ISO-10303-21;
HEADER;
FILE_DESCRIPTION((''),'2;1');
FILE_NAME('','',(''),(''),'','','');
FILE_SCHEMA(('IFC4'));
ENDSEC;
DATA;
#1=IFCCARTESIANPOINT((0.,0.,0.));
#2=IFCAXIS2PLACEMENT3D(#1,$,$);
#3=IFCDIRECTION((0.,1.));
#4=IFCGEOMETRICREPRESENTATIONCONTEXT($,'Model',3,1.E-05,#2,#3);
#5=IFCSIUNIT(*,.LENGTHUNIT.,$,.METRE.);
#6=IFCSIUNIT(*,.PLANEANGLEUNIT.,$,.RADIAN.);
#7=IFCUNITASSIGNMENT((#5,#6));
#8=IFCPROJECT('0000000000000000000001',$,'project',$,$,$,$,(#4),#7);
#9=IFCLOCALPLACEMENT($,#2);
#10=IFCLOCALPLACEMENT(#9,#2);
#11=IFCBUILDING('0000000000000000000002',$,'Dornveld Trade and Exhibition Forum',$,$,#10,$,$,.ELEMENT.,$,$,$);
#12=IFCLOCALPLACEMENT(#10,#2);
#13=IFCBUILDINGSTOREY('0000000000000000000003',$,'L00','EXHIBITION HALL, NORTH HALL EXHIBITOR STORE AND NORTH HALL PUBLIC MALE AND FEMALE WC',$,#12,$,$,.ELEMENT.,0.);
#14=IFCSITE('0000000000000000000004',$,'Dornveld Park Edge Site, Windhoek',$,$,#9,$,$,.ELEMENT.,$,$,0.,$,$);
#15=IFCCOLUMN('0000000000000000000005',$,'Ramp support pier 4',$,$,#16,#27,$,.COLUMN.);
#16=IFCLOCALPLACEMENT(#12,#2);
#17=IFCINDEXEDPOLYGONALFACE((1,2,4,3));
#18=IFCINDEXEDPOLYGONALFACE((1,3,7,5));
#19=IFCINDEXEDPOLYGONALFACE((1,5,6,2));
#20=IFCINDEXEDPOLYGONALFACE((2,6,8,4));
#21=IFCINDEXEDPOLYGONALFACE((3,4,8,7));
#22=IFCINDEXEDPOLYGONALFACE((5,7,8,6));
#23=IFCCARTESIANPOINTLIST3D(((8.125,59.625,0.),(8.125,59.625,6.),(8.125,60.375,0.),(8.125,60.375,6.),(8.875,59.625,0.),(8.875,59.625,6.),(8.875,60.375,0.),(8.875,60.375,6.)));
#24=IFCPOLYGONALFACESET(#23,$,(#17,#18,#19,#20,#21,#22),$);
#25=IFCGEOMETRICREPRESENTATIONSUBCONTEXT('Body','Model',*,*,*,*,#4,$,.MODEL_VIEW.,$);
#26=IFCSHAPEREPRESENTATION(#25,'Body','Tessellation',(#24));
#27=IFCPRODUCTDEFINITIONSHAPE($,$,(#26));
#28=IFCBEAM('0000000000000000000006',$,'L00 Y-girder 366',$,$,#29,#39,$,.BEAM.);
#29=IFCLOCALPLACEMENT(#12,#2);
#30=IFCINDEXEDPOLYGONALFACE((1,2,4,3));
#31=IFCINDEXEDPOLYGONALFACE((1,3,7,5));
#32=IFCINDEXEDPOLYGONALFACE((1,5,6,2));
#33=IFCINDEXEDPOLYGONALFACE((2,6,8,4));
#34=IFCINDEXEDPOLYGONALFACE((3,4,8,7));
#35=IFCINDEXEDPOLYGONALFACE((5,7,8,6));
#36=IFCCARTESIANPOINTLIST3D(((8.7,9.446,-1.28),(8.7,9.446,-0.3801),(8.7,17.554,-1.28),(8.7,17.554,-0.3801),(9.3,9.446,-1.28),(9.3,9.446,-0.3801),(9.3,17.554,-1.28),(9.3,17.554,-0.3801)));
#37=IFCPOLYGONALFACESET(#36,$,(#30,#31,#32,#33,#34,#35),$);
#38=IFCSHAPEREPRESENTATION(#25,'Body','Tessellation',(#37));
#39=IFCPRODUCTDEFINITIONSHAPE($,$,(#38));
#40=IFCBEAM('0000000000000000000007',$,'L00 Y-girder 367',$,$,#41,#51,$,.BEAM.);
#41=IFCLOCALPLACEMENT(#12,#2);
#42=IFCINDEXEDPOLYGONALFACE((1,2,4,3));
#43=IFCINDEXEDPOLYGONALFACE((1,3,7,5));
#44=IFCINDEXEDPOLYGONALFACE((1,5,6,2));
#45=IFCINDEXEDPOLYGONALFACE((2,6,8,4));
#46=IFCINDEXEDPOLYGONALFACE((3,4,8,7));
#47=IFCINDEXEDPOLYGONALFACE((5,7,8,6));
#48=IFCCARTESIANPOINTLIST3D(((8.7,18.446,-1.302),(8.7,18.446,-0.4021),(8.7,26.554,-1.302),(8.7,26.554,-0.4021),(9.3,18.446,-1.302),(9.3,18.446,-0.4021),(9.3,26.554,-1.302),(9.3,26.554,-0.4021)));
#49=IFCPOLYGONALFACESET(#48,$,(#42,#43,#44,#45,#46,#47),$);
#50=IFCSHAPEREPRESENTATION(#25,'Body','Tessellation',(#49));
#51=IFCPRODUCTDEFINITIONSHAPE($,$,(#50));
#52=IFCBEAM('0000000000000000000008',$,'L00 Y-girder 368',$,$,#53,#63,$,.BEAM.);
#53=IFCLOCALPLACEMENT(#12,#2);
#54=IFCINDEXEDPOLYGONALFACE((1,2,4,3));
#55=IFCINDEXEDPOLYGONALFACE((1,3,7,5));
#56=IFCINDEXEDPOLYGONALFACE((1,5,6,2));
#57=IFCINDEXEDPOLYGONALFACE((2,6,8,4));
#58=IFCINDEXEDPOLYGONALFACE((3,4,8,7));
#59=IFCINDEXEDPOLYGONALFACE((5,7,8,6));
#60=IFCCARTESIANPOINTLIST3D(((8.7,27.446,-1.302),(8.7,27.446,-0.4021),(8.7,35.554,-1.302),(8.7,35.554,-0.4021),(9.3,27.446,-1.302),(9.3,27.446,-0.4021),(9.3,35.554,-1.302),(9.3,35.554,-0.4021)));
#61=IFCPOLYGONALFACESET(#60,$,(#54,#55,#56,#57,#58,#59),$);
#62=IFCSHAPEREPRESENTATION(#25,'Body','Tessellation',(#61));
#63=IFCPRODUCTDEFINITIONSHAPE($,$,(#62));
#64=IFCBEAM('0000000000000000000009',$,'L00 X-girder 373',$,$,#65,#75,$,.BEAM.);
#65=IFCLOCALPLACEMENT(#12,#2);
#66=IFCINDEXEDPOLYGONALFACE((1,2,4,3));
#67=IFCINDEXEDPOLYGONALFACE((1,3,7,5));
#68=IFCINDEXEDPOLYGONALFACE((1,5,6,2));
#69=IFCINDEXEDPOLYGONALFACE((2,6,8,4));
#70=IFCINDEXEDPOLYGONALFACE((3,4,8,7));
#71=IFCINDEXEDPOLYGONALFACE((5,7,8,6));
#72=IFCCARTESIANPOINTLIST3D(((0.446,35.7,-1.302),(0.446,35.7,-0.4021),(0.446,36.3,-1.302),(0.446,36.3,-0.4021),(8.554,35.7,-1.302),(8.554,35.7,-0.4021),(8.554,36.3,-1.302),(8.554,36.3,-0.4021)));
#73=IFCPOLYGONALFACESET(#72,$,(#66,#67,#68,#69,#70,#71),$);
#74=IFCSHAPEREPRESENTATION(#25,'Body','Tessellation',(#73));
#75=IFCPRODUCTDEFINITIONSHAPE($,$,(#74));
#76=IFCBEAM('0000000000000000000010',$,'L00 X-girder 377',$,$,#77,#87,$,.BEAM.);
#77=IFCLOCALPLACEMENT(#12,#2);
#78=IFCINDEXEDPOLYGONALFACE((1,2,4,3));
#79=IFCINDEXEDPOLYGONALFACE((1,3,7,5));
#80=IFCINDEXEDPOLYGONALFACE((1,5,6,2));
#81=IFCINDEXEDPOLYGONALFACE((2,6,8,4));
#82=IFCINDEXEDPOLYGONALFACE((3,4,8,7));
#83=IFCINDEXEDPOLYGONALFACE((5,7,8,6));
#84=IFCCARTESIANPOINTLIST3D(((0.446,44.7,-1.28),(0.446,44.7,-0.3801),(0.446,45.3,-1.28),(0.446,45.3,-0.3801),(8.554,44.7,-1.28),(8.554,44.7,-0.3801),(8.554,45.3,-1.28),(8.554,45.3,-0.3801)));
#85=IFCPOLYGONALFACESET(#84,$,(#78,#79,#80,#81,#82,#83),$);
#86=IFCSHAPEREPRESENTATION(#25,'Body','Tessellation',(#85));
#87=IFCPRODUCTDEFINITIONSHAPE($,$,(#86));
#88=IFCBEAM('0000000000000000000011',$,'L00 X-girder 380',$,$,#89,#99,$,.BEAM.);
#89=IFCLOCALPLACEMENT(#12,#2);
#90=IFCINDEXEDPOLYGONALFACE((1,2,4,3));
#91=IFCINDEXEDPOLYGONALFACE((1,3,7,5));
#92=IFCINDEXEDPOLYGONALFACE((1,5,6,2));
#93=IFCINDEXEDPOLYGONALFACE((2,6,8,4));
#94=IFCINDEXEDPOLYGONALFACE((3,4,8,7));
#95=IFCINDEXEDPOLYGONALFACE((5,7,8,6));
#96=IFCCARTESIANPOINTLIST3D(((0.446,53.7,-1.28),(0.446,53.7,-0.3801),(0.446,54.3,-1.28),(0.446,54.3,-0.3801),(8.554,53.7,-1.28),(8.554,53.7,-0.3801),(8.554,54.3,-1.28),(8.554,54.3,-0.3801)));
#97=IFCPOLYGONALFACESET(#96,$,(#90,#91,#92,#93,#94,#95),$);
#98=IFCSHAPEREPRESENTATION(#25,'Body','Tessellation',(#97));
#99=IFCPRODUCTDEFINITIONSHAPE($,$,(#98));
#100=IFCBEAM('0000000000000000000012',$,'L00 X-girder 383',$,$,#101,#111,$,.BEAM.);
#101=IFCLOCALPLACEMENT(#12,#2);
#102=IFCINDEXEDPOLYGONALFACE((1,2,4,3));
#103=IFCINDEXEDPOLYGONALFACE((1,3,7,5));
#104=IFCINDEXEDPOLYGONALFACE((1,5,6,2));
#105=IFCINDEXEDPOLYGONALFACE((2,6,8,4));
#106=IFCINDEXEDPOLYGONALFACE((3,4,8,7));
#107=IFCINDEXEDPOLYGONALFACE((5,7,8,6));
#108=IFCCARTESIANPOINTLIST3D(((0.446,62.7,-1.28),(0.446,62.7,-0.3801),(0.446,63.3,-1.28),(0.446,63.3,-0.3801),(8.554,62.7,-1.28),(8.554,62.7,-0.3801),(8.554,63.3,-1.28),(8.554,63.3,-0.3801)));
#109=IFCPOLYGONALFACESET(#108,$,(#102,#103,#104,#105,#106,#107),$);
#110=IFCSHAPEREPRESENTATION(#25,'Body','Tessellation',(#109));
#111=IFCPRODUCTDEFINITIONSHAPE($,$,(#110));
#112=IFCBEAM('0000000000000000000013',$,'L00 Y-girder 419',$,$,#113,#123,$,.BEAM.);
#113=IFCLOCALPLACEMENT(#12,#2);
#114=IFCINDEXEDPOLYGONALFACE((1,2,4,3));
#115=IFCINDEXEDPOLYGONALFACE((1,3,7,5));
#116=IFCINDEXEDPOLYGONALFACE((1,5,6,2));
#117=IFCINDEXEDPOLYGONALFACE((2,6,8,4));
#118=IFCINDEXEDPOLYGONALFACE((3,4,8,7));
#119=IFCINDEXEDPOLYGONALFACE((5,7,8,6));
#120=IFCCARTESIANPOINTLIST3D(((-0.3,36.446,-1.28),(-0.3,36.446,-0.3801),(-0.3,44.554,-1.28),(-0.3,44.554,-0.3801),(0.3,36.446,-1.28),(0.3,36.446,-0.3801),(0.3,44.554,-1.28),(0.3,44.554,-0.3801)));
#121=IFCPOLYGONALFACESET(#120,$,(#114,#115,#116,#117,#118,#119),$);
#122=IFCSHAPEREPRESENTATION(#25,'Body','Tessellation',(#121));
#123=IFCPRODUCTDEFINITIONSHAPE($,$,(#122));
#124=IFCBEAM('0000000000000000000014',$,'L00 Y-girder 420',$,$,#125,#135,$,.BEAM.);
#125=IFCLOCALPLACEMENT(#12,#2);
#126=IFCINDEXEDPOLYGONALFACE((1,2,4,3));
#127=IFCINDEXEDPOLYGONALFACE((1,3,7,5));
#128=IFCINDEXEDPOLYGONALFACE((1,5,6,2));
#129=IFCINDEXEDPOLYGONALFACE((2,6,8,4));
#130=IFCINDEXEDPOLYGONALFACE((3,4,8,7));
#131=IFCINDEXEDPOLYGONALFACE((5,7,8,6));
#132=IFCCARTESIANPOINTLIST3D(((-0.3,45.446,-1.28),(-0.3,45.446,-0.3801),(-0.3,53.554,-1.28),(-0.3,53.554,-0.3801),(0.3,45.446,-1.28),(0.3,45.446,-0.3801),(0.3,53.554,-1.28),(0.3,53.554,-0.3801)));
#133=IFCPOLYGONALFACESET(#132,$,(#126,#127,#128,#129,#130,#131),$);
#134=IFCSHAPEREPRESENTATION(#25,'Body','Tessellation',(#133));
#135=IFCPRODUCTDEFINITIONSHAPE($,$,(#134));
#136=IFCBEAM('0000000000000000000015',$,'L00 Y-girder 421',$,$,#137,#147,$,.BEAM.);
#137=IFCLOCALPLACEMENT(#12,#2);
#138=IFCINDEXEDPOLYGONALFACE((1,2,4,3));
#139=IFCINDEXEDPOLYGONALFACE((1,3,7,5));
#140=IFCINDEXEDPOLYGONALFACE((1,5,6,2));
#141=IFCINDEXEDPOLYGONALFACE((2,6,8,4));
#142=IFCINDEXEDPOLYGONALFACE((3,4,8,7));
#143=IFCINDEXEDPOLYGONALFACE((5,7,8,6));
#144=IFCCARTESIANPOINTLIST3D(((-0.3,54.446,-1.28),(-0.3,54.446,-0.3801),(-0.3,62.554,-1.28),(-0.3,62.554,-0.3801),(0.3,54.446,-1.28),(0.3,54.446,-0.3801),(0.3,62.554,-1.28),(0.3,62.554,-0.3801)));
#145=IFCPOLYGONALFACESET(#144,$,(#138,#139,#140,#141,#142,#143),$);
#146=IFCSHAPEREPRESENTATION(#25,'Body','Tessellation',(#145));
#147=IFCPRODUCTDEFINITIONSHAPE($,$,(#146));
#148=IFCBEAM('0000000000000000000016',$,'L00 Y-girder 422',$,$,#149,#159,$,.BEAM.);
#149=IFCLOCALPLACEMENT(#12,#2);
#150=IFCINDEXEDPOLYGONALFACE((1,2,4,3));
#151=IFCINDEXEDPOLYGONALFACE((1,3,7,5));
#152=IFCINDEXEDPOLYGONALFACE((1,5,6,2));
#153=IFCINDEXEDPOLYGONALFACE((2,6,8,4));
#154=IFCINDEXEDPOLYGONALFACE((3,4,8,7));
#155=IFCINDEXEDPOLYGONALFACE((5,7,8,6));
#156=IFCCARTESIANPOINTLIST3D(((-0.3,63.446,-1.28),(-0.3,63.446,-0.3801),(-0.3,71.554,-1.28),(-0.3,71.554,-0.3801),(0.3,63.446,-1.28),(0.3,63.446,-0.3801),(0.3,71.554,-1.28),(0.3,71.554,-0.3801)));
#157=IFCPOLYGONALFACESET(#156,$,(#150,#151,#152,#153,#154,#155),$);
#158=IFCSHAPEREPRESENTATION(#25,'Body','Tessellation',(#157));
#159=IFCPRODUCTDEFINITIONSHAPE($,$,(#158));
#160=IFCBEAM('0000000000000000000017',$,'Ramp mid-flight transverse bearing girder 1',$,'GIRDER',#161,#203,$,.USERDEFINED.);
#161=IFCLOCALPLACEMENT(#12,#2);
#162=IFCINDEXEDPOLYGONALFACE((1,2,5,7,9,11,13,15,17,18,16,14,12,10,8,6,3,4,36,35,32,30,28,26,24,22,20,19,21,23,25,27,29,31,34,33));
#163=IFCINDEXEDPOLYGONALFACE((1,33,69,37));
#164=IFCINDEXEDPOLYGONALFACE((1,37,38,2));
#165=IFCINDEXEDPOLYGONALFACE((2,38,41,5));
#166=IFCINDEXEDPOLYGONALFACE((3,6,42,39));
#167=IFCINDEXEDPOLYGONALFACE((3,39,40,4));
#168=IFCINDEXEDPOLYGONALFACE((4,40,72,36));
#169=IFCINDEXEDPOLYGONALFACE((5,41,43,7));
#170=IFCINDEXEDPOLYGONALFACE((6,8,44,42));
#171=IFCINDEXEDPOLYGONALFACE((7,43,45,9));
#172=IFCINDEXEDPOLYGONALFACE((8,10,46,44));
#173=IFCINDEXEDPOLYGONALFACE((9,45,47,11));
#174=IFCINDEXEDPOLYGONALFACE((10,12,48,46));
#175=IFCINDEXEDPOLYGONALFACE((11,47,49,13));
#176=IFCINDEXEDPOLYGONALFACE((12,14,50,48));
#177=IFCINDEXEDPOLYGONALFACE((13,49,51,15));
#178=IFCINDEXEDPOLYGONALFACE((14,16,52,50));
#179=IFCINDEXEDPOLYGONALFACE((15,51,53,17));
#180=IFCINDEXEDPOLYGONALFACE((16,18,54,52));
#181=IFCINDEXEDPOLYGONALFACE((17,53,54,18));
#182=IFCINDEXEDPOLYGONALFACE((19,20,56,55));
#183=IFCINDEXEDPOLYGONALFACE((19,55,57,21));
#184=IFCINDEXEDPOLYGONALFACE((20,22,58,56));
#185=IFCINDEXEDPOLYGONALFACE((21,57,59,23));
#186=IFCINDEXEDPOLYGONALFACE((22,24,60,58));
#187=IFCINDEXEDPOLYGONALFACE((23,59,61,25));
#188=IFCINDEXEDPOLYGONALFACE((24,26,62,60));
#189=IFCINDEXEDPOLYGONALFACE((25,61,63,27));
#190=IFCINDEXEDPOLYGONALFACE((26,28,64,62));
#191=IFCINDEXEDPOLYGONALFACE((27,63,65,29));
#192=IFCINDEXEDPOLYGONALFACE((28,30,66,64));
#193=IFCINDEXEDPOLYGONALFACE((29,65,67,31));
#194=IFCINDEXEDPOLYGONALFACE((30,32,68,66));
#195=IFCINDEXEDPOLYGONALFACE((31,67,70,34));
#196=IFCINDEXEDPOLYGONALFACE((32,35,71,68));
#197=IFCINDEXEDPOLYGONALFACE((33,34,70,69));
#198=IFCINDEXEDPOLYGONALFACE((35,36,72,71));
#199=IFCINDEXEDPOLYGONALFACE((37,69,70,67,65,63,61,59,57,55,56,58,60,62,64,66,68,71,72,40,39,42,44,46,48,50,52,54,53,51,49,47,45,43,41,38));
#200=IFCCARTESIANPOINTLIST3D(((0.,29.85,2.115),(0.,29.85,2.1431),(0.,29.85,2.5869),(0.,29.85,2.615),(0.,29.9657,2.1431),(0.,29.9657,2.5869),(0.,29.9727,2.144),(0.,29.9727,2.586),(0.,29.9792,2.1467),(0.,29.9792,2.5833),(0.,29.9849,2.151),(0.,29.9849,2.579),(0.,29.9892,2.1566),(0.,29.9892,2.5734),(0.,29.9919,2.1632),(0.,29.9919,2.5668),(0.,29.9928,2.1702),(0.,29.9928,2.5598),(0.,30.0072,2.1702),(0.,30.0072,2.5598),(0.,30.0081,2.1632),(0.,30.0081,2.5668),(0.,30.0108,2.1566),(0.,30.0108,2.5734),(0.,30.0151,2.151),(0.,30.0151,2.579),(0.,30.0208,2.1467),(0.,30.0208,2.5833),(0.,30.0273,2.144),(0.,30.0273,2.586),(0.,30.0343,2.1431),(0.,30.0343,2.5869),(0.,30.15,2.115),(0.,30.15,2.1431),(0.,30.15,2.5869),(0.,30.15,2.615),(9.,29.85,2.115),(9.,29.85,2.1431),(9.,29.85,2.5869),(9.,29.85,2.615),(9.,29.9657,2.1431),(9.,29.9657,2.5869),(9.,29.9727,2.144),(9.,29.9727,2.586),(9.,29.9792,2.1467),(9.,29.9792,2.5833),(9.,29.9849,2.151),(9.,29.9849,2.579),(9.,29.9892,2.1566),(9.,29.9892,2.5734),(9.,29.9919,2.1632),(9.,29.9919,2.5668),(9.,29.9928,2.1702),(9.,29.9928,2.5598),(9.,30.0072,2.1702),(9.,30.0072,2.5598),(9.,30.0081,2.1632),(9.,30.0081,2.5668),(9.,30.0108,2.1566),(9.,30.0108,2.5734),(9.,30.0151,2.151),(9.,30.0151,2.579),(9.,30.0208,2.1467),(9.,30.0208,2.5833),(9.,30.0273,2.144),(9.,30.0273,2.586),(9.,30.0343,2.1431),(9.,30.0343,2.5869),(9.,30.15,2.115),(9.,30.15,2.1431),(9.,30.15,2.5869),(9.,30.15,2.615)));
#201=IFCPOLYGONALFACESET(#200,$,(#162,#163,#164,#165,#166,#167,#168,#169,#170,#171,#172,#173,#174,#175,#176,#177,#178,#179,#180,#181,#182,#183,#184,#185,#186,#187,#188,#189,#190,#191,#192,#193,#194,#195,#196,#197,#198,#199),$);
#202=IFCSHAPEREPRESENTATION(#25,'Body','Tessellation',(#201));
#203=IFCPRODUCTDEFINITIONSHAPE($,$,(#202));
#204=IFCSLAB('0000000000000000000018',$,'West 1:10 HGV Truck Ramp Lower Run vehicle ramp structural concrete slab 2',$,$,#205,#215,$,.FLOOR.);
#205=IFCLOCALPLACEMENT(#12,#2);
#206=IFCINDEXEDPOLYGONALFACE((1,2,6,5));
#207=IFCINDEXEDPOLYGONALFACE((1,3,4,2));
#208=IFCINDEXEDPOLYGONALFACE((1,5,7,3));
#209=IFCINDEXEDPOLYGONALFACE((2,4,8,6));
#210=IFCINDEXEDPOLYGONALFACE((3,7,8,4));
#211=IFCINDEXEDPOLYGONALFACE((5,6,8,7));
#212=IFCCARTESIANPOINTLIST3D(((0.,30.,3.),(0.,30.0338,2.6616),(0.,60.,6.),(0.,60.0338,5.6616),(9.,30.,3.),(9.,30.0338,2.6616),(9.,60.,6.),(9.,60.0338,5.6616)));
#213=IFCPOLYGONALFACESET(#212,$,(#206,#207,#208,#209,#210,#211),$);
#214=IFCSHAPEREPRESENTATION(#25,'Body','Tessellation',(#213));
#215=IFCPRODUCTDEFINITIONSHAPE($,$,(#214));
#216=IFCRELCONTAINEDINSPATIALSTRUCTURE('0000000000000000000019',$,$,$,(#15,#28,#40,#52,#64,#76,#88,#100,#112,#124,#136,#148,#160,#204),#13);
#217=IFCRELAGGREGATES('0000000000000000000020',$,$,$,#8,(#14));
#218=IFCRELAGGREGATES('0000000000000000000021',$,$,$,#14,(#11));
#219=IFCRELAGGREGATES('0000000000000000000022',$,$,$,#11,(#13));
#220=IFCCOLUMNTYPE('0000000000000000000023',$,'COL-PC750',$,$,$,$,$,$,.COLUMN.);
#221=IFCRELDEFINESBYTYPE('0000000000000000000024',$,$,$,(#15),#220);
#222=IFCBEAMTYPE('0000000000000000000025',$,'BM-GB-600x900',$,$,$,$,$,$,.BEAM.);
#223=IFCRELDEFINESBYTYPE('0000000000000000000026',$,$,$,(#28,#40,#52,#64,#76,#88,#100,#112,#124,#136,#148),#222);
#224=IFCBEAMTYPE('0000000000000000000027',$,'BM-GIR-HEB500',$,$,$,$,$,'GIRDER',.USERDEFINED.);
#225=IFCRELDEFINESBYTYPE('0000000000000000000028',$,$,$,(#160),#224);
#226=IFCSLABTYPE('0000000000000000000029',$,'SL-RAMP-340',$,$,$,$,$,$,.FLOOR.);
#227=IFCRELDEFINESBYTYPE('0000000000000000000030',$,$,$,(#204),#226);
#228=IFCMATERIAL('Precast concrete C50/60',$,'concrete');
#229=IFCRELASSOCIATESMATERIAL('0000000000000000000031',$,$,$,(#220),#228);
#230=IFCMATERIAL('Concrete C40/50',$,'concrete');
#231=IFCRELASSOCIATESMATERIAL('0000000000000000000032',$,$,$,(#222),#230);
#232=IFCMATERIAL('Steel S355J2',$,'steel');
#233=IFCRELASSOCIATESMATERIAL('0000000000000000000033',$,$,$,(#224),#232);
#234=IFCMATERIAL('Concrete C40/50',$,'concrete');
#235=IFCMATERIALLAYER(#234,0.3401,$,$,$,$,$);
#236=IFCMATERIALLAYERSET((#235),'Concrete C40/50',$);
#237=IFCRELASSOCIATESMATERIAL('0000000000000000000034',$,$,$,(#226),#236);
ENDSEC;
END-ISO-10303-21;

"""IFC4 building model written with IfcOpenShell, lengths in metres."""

from ifc_helpers import new_model, si_unit, direction, frame, origin, origin_2d, place, context, subcontext, project, spatial, polyline, rectangle, i_section, outline, extrude, material, layer, layer_set, material_profile, profile_set, type_object, element, save


model = new_model("IFC4")

# Units and contexts
model_context = context("Model", 3, precision=1e-05, world=origin(), true_north=direction((0.0, 1.0)))
body_context = subcontext(model_context, "Body", "Model", "MODEL_VIEW")
ifc_project = project(units=[si_unit("LENGTHUNIT", "METRE"), si_unit("PLANEANGLEUNIT", "RADIAN")], contexts=[model_context])

# Site, building, storey
site_placement = place(None, origin())
site = spatial("IfcSite", under=ifc_project, at=site_placement, Name="Dornveld Park Edge Site, Windhoek", CompositionType="ELEMENT", RefElevation=0.0)
building_placement = place(site_placement, origin())
building = spatial("IfcBuilding", under=site, at=building_placement, Name="Dornveld Trade and Exhibition Forum", CompositionType="ELEMENT")
storey_placement = place(building_placement, origin())
storey = spatial("IfcBuildingStorey", under=building, at=storey_placement, Name="L00", Description="EXHIBITION HALL, NORTH HALL EXHIBITOR STORE AND NORTH HALL PUBLIC MALE AND FEMALE WC", CompositionType="ELEMENT", Elevation=0.0)

# Column
ifc_material_1 = material(Name="Precast concrete C50/60", Category="concrete")
ifc_material_profile_1 = material_profile(ifc_material_1, rectangle(XDim=0.75, YDim=0.75, at=origin_2d()), Name="PC-COL 750x750")
ifc_profile_set_1 = profile_set([ifc_material_profile_1], Name="Precast concrete C50/60")
column_type_1 = type_object("IfcColumnType", Name="COL-PC750", PredefinedType="COLUMN", material=ifc_profile_set_1)
for number, where, z_axis, x_axis, name in (
    (1, (8.5, 60.0, 0.0), (0.0, 0.0, 1.0), (1.0, 0.0, 0.0), "Ramp support pier 4"),
):
    element("IfcColumn", number, at=place(storey_placement, frame(where, z_axis=z_axis, x_axis=x_axis)), inside=storey, type_object=column_type_1, Name=name, PredefinedType="COLUMN", context=body_context, shape_type="SweptSolid", body=[
        extrude(rectangle(XDim=0.75, YDim=0.75, at=origin_2d()), origin(), (0.0, 0.0, 1.0), 6.0),
    ])

# Beams
ifc_material_2 = material(Name="Concrete C40/50", Category="concrete")
ifc_material_profile_2 = material_profile(ifc_material_2, rectangle(XDim=0.6001, YDim=0.8999, at=origin_2d()), Name="RC-GB 600x900")
ifc_profile_set_2 = profile_set([ifc_material_profile_2], Name="Concrete C40/50")
beam_type_1 = type_object("IfcBeamType", Name="BM-GB-600x900", PredefinedType="BEAM", material=ifc_profile_set_2)
for number, where, z_axis, x_axis, name in (
    (2, (9.0, 9.446, -0.8301), (0.0, 1.0, 0.0), (-1.0, 0.0, 0.0), "L00 Y-girder 366"),
    (3, (9.0, 18.446, -0.8521), (0.0, 1.0, 0.0), (-1.0, 0.0, 0.0), "L00 Y-girder 367"),
    (4, (9.0, 27.446, -0.8521), (0.0, 1.0, 0.0), (-1.0, 0.0, 0.0), "L00 Y-girder 368"),
    (5, (0.446, 36.0, -0.8521), (1.0, 0.0, 0.0), (0.0, 1.0, 0.0), "L00 X-girder 373"),
    (6, (0.446, 45.0, -0.8301), (1.0, 0.0, 0.0), (0.0, 1.0, 0.0), "L00 X-girder 377"),
    (7, (0.446, 54.0, -0.8301), (1.0, 0.0, 0.0), (0.0, 1.0, 0.0), "L00 X-girder 380"),
    (8, (0.446, 63.0, -0.8301), (1.0, 0.0, 0.0), (0.0, 1.0, 0.0), "L00 X-girder 383"),
    (9, (0.0, 36.446, -0.8301), (0.0, 1.0, 0.0), (-1.0, 0.0, 0.0), "L00 Y-girder 419"),
    (10, (0.0, 45.446, -0.8301), (0.0, 1.0, 0.0), (-1.0, 0.0, 0.0), "L00 Y-girder 420"),
    (11, (0.0, 54.446, -0.8301), (0.0, 1.0, 0.0), (-1.0, 0.0, 0.0), "L00 Y-girder 421"),
    (12, (0.0, 63.446, -0.8301), (0.0, 1.0, 0.0), (-1.0, 0.0, 0.0), "L00 Y-girder 422"),
):
    element("IfcBeam", number, at=place(storey_placement, frame(where, z_axis=z_axis, x_axis=x_axis)), inside=storey, type_object=beam_type_1, Name=name, PredefinedType="BEAM", context=body_context, shape_type="SweptSolid", body=[
        extrude(rectangle(XDim=0.6001, YDim=0.8999, at=origin_2d()), origin(), (0.0, 0.0, 1.0), 8.1079),
    ])
ifc_material_3 = material(Name="Steel S355J2", Category="steel")
ifc_material_profile_3 = material_profile(ifc_material_3, i_section(OverallWidth=0.3, OverallDepth=0.5, WebThickness=0.0144, FlangeThickness=0.0281, FilletRadius=0.0271, at=origin_2d()), Name="HEB 500")
ifc_profile_set_3 = profile_set([ifc_material_profile_3], Name="Steel S355J2")
beam_type_2 = type_object("IfcBeamType", Name="BM-GIR-HEB500", ElementType="GIRDER", PredefinedType="USERDEFINED", material=ifc_profile_set_3)
beam_placement = place(storey_placement, frame((0.0, 30.0, 2.365), z_axis=(1.0, 0.0, 0.0), x_axis=(0.0, 1.0, 0.0)))
element("IfcBeam", 13, at=beam_placement, inside=storey, type_object=beam_type_2, Name="Ramp mid-flight transverse bearing girder 1", ObjectType="GIRDER", PredefinedType="USERDEFINED", context=body_context, shape_type="SweptSolid", body=[
    extrude(i_section(OverallWidth=0.3, OverallDepth=0.5, WebThickness=0.0144, FlangeThickness=0.0281, FilletRadius=0.0271, at=origin_2d()), origin(), (0.0, 0.0, 1.0), 9.0),
])

# Slab
ifc_material_4 = material(Name="Concrete C40/50", Category="concrete")
ifc_layer = layer(ifc_material_4, 0.3401)
ifc_layer_set = layer_set([ifc_layer], Name="Concrete C40/50")
slab_type = type_object("IfcSlabType", Name="SL-RAMP-340", PredefinedType="FLOOR", material=ifc_layer_set)
slab_placement = place(storey_placement, frame((0.0, 30.0, 3.0), z_axis=(0.0, -0.099504, 0.995037), x_axis=(1.0, 0.0, 0.0)))
element("IfcSlab", 14, at=slab_placement, inside=storey, type_object=slab_type, Name="West 1:10 HGV Truck Ramp Lower Run vehicle ramp structural concrete slab 2", PredefinedType="FLOOR", context=body_context, shape_type="SweptSolid", body=[
    extrude(outline(polyline([(0.0, 0.0), (9.0, 0.0), (9.0, 30.1496), (0.0, 30.1496), (0.0, 0.0)])), origin(), (0.0, 0.0, -1.0), 0.3401),
])

save(model, "model.ifc")
